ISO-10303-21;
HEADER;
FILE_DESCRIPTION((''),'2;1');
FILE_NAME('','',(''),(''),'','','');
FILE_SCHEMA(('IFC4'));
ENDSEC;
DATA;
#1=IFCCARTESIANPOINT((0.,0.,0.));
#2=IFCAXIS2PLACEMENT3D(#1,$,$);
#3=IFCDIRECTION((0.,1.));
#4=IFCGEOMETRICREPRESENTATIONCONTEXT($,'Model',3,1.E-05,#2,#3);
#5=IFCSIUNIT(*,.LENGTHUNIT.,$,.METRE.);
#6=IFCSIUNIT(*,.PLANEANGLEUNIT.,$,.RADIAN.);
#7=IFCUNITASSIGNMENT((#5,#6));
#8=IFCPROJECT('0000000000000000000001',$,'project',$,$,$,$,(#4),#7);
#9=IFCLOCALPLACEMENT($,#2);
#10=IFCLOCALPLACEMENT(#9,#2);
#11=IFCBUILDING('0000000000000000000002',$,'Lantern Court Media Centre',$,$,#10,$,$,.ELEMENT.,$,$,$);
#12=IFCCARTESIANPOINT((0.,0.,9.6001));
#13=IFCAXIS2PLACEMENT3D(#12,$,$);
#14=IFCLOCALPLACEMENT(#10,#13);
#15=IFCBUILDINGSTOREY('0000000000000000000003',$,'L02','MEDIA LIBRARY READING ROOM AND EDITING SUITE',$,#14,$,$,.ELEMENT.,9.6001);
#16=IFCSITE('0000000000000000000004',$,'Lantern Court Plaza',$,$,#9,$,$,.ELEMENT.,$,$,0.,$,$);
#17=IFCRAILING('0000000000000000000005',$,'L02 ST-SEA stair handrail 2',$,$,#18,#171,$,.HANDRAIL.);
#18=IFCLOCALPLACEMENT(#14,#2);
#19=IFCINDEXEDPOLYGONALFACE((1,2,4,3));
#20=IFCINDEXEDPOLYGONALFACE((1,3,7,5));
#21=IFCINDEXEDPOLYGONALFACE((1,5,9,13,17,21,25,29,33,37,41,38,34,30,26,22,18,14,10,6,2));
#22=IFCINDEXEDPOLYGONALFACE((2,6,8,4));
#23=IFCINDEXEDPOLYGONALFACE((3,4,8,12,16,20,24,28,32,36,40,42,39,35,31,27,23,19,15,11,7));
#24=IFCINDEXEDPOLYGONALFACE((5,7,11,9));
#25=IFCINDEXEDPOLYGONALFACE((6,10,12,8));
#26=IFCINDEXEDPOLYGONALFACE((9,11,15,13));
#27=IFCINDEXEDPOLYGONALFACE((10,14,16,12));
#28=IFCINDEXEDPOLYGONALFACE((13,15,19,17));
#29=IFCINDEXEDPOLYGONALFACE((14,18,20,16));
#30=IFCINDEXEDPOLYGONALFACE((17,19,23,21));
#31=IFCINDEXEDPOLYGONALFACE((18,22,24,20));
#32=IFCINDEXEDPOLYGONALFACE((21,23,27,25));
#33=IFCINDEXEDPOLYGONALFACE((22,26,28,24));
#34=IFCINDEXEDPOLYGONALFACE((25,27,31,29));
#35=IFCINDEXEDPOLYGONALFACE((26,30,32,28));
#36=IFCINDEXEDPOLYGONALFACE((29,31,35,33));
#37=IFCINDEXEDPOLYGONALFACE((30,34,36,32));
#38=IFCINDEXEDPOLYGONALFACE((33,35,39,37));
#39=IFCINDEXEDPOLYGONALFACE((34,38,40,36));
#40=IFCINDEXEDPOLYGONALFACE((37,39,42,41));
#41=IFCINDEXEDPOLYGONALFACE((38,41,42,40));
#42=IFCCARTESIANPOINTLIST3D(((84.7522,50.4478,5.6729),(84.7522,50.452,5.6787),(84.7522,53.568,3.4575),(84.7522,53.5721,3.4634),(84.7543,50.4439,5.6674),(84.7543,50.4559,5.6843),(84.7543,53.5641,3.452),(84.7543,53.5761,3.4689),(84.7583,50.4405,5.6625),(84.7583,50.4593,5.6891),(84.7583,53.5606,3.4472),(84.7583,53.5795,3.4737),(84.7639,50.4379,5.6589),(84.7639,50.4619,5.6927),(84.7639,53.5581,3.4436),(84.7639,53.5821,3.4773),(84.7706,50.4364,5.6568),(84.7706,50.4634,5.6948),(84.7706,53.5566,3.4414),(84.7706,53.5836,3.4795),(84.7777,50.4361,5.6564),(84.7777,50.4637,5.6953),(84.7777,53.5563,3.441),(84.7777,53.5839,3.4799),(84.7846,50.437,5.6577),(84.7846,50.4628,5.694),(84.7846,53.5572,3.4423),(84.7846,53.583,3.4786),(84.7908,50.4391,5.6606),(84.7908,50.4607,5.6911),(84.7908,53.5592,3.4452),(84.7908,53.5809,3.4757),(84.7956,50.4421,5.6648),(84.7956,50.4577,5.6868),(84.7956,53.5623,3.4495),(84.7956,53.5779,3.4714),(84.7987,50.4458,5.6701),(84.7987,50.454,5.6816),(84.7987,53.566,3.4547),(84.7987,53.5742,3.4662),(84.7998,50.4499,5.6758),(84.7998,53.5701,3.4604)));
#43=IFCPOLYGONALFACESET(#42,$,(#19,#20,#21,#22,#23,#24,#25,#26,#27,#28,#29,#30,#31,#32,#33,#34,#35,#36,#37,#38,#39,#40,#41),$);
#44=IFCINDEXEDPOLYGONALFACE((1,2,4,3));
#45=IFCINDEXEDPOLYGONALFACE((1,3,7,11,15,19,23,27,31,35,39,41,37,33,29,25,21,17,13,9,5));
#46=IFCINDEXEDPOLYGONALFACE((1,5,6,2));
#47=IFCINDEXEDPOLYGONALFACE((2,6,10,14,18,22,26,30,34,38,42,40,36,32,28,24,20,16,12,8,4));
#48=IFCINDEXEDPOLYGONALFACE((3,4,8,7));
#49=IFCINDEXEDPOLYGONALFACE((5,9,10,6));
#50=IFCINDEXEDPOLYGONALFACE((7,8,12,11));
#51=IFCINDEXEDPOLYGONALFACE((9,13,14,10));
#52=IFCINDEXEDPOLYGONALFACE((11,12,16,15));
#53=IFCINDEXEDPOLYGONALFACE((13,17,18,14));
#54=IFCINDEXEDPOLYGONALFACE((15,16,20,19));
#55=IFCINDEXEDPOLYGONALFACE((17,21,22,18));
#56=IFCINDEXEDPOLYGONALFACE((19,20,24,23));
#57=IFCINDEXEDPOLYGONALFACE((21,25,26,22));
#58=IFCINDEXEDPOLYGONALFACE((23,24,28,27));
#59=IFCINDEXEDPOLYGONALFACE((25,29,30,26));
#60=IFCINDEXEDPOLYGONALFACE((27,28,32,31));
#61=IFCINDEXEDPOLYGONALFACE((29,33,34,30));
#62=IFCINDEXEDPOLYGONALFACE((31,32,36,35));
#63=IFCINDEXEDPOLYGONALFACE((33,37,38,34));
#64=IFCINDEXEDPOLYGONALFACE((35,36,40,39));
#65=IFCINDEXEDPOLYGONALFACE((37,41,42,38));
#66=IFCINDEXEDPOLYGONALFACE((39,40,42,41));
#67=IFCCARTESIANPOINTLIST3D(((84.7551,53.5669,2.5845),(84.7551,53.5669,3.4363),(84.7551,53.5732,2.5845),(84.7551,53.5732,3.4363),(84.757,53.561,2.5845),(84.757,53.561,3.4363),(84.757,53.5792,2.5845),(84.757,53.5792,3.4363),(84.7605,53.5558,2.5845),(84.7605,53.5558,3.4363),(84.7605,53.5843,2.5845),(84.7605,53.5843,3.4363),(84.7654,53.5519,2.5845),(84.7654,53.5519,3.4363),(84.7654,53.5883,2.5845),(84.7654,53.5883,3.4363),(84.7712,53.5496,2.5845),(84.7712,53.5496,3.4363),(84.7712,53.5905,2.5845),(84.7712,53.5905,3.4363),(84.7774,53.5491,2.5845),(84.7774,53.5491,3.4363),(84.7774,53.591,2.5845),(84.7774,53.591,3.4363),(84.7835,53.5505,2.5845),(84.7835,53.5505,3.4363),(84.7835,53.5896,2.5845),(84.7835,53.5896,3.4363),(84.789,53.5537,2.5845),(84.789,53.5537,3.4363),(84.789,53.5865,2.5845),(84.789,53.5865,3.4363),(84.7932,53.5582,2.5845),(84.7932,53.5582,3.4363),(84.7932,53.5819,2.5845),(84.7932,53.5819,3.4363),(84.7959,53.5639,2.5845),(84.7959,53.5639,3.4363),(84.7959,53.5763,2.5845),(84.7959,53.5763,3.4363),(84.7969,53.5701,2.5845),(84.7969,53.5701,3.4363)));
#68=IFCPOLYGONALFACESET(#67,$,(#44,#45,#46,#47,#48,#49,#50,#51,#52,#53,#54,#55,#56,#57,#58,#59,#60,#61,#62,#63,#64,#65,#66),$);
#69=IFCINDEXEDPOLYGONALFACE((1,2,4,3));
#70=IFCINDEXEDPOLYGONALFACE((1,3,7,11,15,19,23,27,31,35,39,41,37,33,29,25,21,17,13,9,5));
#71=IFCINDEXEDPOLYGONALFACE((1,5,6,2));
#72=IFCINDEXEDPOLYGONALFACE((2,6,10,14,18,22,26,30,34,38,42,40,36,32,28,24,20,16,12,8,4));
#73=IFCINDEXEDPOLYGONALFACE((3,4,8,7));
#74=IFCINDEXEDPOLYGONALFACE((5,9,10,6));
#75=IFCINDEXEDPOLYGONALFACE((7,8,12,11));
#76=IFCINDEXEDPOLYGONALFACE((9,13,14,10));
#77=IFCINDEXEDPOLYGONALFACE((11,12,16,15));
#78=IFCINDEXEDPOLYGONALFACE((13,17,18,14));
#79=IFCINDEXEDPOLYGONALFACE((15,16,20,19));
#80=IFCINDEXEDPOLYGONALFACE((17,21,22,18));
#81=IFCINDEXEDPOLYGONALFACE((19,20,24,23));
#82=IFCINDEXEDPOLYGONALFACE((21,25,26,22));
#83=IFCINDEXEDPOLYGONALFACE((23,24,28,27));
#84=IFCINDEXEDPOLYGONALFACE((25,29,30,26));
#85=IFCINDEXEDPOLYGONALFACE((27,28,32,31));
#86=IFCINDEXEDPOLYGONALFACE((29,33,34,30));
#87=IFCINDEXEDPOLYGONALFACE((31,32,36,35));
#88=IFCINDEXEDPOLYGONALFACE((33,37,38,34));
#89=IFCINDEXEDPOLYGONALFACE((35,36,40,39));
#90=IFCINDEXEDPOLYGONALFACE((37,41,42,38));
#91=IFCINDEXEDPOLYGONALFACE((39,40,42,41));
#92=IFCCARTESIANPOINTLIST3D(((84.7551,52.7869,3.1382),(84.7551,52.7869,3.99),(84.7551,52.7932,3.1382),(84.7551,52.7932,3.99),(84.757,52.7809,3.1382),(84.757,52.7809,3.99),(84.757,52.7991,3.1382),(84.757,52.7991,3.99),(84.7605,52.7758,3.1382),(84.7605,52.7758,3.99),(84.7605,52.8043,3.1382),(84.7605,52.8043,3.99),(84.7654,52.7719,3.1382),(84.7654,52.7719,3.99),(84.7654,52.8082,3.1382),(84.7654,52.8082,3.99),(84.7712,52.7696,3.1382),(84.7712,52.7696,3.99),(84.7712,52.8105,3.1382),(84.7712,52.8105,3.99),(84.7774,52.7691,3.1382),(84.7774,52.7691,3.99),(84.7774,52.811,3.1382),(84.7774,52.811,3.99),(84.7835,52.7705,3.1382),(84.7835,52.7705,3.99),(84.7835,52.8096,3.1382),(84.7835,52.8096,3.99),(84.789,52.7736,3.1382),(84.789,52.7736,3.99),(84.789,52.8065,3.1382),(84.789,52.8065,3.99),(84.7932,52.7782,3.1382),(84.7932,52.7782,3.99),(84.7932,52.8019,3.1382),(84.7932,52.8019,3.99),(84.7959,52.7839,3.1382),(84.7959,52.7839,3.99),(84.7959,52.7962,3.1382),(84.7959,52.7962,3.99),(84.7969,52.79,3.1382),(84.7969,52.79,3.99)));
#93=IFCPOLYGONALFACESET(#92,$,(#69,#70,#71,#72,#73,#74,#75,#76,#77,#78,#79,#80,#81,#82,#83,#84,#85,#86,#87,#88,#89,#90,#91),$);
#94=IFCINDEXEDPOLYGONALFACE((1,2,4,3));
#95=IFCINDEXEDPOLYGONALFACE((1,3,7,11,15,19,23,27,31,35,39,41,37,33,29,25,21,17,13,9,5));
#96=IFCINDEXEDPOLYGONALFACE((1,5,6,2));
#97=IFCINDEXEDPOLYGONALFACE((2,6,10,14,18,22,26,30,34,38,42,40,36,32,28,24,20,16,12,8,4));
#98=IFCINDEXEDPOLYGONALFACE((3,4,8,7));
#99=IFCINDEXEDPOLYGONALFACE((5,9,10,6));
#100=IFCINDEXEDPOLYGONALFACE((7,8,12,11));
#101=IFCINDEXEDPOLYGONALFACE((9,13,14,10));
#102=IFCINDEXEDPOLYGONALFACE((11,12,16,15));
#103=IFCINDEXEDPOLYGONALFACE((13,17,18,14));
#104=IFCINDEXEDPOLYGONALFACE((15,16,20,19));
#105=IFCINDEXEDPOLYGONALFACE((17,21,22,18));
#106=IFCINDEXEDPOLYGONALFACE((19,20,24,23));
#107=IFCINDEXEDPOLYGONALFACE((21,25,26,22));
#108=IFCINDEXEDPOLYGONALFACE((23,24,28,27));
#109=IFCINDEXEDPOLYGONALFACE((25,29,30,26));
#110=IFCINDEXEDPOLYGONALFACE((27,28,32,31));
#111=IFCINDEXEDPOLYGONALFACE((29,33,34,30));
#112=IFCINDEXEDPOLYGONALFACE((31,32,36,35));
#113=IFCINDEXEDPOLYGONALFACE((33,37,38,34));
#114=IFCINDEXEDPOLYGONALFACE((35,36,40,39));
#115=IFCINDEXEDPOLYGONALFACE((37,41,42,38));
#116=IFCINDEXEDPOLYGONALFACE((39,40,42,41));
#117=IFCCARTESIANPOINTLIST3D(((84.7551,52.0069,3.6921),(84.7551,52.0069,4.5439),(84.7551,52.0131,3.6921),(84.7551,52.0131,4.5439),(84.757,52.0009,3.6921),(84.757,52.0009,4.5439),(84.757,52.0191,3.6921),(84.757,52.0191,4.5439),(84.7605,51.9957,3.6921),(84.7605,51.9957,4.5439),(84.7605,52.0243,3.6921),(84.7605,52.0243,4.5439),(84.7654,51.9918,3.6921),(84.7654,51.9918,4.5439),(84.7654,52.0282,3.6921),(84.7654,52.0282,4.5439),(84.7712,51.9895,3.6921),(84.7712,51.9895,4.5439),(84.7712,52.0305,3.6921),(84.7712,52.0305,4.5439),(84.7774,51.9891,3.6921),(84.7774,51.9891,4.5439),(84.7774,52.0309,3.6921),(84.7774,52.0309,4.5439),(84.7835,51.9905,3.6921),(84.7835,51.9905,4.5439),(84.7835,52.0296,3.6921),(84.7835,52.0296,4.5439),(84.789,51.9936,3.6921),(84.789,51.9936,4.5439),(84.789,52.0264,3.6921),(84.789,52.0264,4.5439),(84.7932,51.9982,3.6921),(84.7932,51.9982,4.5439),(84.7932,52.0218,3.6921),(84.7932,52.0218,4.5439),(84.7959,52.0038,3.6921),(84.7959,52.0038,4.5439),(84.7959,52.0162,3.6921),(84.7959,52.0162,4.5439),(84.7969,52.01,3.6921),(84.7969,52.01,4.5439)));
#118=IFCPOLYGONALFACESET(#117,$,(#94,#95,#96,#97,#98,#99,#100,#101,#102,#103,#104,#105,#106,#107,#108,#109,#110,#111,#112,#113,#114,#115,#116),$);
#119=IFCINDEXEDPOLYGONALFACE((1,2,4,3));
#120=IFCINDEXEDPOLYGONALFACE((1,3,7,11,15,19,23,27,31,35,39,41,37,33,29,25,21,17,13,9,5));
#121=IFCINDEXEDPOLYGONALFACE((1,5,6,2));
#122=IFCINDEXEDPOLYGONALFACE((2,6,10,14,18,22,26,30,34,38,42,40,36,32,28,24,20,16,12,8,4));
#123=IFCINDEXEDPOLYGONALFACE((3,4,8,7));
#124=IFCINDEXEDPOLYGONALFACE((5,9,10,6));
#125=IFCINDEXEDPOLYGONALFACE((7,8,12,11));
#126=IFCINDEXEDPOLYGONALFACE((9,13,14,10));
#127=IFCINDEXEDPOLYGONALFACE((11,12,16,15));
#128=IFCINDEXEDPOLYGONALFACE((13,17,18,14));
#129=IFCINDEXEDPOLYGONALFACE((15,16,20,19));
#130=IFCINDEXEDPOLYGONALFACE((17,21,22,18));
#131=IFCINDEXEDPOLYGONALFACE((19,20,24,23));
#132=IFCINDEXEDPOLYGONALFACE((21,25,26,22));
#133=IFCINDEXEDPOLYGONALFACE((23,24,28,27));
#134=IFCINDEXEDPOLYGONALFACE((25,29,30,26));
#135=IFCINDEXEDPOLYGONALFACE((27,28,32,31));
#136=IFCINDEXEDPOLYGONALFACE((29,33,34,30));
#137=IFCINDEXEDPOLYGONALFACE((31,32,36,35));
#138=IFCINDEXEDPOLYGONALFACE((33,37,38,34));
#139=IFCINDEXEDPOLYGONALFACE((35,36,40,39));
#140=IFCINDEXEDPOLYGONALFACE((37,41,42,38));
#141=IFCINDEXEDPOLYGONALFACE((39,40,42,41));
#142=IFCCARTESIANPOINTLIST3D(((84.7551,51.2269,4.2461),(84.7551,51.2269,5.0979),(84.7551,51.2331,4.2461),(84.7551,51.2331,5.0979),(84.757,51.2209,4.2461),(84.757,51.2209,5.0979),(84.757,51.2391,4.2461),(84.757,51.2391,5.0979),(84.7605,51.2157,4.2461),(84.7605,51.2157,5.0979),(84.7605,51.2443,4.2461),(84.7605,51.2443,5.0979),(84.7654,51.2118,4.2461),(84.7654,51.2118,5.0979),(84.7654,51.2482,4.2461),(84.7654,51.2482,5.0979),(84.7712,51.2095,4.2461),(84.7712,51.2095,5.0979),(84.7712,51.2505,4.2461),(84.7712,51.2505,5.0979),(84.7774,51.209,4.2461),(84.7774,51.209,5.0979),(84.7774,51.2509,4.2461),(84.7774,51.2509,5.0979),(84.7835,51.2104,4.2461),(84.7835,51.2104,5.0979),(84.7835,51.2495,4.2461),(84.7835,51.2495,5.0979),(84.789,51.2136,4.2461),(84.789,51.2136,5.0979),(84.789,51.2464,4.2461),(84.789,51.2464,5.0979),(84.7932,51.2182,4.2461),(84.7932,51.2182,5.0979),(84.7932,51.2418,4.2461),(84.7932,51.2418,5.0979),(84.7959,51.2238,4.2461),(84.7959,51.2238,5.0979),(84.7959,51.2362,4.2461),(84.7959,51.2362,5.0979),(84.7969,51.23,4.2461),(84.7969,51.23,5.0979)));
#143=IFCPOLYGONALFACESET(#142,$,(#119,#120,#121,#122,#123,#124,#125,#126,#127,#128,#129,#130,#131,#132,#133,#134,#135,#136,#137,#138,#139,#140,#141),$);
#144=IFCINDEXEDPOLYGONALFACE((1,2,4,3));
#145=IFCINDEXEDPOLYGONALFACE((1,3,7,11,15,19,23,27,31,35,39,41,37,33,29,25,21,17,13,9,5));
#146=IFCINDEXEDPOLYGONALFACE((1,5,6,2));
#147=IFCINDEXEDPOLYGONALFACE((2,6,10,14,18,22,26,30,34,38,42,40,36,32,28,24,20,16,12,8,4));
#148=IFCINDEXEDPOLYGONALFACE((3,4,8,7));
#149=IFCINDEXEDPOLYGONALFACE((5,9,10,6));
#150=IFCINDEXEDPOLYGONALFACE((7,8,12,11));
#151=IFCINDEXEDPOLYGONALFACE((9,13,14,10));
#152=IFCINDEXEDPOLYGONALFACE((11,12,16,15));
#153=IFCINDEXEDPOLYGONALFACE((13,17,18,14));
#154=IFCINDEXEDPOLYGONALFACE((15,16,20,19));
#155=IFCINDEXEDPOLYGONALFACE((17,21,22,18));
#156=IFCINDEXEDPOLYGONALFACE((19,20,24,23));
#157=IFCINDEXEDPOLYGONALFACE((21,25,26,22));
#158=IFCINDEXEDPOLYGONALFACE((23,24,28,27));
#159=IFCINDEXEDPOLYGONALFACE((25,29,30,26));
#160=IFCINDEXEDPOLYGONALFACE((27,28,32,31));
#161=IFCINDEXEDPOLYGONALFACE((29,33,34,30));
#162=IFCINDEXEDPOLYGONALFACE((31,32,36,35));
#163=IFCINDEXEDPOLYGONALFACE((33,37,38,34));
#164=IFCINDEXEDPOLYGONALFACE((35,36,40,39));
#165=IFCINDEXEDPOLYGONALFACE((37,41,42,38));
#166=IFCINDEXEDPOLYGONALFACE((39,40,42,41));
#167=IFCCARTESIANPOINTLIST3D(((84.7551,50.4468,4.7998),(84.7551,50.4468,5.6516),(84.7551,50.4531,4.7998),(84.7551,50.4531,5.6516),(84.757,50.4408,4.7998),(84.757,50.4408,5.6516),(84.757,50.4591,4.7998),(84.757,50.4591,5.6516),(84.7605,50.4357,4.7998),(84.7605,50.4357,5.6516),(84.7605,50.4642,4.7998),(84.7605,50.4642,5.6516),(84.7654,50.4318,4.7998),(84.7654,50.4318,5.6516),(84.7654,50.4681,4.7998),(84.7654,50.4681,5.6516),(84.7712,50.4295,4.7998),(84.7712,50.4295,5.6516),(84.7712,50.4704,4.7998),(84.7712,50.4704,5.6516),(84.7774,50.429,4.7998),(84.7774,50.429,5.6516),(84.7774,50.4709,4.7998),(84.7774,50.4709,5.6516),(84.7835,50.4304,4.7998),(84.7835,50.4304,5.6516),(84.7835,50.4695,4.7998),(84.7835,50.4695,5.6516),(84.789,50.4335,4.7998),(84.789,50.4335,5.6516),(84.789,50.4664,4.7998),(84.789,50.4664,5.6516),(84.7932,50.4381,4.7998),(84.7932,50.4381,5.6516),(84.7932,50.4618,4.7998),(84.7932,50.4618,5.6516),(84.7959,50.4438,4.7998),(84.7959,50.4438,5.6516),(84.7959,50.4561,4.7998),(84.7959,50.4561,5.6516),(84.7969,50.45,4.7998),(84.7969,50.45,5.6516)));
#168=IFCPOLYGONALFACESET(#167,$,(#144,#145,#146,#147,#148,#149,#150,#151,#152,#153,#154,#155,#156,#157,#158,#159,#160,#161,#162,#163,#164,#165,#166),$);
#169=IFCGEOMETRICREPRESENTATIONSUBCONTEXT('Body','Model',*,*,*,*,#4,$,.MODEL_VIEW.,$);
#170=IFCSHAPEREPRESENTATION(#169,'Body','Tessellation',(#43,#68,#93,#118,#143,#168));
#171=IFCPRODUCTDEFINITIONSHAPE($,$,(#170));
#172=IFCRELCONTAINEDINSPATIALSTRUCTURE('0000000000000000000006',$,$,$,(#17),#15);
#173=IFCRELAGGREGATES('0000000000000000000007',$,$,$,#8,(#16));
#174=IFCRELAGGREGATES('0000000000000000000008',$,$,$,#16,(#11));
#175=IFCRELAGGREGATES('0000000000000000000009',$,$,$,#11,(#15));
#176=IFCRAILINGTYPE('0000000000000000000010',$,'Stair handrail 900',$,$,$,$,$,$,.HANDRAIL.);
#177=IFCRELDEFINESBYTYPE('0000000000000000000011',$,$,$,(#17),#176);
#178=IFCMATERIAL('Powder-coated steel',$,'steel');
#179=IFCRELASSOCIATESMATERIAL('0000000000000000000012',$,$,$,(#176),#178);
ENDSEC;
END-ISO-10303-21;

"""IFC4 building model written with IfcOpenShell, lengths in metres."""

from ifc_helpers import new_model, si_unit, direction, frame, origin, origin_2d, place, context, subcontext, project, spatial, circle, extrude, material, type_object, element, save


model = new_model("IFC4")

# Units and contexts
model_context = context("Model", 3, precision=1e-05, world=origin(), true_north=direction((0.0, 1.0)))
body_context = subcontext(model_context, "Body", "Model", "MODEL_VIEW")
ifc_project = project(units=[si_unit("LENGTHUNIT", "METRE"), si_unit("PLANEANGLEUNIT", "RADIAN")], contexts=[model_context])

# Site, building, storey
site_placement = place(None, origin())
site = spatial("IfcSite", under=ifc_project, at=site_placement, Name="Lantern Court Plaza", CompositionType="ELEMENT", RefElevation=0.0)
building_placement = place(site_placement, origin())
building = spatial("IfcBuilding", under=site, at=building_placement, Name="Lantern Court Media Centre", CompositionType="ELEMENT")
storey_placement = place(building_placement, frame((0.0, 0.0, 9.6001)))
storey = spatial("IfcBuildingStorey", under=building, at=storey_placement, Name="L02", Description="MEDIA LIBRARY READING ROOM AND EDITING SUITE", CompositionType="ELEMENT", Elevation=9.6001)

# Railing
ifc_material_1 = material(Name="Powder-coated steel", Category="steel")
railing_type_1 = type_object("IfcRailingType", Name="Stair handrail 900", PredefinedType="HANDRAIL", material=ifc_material_1)
railing_1_placement = place(storey_placement, frame((84.7759, 53.5701, 2.5845)))
element("IfcRailing", 1, at=railing_1_placement, inside=storey, type_object=railing_type_1, Name="L02 ST-SEA stair handrail 2", PredefinedType="HANDRAIL", context=body_context, shape_type="SweptSolid", body=[
    extrude(circle(Radius=0.0239, at=origin_2d()), frame((0.0, 0.0, 0.876), z_axis=(0.0, -0.815377, 0.57893), x_axis=(1.0, 0.0, 0.0)), (0.0, 0.0, 1.0), 3.8267),
    extrude(circle(Radius=0.021, at=origin_2d()), origin(), (0.0, 0.0, 1.0), 0.8518),
    extrude(circle(Radius=0.021, at=origin_2d()), frame((0.0, -0.78, 0.5537)), (0.0, 0.0, 1.0), 0.8518),
    extrude(circle(Radius=0.021, at=origin_2d()), frame((0.0, -1.5601, 1.1077)), (0.0, 0.0, 1.0), 0.8518),
    extrude(circle(Radius=0.021, at=origin_2d()), frame((0.0, -2.3401, 1.6616)), (0.0, 0.0, 1.0), 0.8518),
    extrude(circle(Radius=0.021, at=origin_2d()), frame((0.0, -3.1201, 2.2153)), (0.0, 0.0, 1.0), 0.8518),
])

save(model, "model.ifc")
